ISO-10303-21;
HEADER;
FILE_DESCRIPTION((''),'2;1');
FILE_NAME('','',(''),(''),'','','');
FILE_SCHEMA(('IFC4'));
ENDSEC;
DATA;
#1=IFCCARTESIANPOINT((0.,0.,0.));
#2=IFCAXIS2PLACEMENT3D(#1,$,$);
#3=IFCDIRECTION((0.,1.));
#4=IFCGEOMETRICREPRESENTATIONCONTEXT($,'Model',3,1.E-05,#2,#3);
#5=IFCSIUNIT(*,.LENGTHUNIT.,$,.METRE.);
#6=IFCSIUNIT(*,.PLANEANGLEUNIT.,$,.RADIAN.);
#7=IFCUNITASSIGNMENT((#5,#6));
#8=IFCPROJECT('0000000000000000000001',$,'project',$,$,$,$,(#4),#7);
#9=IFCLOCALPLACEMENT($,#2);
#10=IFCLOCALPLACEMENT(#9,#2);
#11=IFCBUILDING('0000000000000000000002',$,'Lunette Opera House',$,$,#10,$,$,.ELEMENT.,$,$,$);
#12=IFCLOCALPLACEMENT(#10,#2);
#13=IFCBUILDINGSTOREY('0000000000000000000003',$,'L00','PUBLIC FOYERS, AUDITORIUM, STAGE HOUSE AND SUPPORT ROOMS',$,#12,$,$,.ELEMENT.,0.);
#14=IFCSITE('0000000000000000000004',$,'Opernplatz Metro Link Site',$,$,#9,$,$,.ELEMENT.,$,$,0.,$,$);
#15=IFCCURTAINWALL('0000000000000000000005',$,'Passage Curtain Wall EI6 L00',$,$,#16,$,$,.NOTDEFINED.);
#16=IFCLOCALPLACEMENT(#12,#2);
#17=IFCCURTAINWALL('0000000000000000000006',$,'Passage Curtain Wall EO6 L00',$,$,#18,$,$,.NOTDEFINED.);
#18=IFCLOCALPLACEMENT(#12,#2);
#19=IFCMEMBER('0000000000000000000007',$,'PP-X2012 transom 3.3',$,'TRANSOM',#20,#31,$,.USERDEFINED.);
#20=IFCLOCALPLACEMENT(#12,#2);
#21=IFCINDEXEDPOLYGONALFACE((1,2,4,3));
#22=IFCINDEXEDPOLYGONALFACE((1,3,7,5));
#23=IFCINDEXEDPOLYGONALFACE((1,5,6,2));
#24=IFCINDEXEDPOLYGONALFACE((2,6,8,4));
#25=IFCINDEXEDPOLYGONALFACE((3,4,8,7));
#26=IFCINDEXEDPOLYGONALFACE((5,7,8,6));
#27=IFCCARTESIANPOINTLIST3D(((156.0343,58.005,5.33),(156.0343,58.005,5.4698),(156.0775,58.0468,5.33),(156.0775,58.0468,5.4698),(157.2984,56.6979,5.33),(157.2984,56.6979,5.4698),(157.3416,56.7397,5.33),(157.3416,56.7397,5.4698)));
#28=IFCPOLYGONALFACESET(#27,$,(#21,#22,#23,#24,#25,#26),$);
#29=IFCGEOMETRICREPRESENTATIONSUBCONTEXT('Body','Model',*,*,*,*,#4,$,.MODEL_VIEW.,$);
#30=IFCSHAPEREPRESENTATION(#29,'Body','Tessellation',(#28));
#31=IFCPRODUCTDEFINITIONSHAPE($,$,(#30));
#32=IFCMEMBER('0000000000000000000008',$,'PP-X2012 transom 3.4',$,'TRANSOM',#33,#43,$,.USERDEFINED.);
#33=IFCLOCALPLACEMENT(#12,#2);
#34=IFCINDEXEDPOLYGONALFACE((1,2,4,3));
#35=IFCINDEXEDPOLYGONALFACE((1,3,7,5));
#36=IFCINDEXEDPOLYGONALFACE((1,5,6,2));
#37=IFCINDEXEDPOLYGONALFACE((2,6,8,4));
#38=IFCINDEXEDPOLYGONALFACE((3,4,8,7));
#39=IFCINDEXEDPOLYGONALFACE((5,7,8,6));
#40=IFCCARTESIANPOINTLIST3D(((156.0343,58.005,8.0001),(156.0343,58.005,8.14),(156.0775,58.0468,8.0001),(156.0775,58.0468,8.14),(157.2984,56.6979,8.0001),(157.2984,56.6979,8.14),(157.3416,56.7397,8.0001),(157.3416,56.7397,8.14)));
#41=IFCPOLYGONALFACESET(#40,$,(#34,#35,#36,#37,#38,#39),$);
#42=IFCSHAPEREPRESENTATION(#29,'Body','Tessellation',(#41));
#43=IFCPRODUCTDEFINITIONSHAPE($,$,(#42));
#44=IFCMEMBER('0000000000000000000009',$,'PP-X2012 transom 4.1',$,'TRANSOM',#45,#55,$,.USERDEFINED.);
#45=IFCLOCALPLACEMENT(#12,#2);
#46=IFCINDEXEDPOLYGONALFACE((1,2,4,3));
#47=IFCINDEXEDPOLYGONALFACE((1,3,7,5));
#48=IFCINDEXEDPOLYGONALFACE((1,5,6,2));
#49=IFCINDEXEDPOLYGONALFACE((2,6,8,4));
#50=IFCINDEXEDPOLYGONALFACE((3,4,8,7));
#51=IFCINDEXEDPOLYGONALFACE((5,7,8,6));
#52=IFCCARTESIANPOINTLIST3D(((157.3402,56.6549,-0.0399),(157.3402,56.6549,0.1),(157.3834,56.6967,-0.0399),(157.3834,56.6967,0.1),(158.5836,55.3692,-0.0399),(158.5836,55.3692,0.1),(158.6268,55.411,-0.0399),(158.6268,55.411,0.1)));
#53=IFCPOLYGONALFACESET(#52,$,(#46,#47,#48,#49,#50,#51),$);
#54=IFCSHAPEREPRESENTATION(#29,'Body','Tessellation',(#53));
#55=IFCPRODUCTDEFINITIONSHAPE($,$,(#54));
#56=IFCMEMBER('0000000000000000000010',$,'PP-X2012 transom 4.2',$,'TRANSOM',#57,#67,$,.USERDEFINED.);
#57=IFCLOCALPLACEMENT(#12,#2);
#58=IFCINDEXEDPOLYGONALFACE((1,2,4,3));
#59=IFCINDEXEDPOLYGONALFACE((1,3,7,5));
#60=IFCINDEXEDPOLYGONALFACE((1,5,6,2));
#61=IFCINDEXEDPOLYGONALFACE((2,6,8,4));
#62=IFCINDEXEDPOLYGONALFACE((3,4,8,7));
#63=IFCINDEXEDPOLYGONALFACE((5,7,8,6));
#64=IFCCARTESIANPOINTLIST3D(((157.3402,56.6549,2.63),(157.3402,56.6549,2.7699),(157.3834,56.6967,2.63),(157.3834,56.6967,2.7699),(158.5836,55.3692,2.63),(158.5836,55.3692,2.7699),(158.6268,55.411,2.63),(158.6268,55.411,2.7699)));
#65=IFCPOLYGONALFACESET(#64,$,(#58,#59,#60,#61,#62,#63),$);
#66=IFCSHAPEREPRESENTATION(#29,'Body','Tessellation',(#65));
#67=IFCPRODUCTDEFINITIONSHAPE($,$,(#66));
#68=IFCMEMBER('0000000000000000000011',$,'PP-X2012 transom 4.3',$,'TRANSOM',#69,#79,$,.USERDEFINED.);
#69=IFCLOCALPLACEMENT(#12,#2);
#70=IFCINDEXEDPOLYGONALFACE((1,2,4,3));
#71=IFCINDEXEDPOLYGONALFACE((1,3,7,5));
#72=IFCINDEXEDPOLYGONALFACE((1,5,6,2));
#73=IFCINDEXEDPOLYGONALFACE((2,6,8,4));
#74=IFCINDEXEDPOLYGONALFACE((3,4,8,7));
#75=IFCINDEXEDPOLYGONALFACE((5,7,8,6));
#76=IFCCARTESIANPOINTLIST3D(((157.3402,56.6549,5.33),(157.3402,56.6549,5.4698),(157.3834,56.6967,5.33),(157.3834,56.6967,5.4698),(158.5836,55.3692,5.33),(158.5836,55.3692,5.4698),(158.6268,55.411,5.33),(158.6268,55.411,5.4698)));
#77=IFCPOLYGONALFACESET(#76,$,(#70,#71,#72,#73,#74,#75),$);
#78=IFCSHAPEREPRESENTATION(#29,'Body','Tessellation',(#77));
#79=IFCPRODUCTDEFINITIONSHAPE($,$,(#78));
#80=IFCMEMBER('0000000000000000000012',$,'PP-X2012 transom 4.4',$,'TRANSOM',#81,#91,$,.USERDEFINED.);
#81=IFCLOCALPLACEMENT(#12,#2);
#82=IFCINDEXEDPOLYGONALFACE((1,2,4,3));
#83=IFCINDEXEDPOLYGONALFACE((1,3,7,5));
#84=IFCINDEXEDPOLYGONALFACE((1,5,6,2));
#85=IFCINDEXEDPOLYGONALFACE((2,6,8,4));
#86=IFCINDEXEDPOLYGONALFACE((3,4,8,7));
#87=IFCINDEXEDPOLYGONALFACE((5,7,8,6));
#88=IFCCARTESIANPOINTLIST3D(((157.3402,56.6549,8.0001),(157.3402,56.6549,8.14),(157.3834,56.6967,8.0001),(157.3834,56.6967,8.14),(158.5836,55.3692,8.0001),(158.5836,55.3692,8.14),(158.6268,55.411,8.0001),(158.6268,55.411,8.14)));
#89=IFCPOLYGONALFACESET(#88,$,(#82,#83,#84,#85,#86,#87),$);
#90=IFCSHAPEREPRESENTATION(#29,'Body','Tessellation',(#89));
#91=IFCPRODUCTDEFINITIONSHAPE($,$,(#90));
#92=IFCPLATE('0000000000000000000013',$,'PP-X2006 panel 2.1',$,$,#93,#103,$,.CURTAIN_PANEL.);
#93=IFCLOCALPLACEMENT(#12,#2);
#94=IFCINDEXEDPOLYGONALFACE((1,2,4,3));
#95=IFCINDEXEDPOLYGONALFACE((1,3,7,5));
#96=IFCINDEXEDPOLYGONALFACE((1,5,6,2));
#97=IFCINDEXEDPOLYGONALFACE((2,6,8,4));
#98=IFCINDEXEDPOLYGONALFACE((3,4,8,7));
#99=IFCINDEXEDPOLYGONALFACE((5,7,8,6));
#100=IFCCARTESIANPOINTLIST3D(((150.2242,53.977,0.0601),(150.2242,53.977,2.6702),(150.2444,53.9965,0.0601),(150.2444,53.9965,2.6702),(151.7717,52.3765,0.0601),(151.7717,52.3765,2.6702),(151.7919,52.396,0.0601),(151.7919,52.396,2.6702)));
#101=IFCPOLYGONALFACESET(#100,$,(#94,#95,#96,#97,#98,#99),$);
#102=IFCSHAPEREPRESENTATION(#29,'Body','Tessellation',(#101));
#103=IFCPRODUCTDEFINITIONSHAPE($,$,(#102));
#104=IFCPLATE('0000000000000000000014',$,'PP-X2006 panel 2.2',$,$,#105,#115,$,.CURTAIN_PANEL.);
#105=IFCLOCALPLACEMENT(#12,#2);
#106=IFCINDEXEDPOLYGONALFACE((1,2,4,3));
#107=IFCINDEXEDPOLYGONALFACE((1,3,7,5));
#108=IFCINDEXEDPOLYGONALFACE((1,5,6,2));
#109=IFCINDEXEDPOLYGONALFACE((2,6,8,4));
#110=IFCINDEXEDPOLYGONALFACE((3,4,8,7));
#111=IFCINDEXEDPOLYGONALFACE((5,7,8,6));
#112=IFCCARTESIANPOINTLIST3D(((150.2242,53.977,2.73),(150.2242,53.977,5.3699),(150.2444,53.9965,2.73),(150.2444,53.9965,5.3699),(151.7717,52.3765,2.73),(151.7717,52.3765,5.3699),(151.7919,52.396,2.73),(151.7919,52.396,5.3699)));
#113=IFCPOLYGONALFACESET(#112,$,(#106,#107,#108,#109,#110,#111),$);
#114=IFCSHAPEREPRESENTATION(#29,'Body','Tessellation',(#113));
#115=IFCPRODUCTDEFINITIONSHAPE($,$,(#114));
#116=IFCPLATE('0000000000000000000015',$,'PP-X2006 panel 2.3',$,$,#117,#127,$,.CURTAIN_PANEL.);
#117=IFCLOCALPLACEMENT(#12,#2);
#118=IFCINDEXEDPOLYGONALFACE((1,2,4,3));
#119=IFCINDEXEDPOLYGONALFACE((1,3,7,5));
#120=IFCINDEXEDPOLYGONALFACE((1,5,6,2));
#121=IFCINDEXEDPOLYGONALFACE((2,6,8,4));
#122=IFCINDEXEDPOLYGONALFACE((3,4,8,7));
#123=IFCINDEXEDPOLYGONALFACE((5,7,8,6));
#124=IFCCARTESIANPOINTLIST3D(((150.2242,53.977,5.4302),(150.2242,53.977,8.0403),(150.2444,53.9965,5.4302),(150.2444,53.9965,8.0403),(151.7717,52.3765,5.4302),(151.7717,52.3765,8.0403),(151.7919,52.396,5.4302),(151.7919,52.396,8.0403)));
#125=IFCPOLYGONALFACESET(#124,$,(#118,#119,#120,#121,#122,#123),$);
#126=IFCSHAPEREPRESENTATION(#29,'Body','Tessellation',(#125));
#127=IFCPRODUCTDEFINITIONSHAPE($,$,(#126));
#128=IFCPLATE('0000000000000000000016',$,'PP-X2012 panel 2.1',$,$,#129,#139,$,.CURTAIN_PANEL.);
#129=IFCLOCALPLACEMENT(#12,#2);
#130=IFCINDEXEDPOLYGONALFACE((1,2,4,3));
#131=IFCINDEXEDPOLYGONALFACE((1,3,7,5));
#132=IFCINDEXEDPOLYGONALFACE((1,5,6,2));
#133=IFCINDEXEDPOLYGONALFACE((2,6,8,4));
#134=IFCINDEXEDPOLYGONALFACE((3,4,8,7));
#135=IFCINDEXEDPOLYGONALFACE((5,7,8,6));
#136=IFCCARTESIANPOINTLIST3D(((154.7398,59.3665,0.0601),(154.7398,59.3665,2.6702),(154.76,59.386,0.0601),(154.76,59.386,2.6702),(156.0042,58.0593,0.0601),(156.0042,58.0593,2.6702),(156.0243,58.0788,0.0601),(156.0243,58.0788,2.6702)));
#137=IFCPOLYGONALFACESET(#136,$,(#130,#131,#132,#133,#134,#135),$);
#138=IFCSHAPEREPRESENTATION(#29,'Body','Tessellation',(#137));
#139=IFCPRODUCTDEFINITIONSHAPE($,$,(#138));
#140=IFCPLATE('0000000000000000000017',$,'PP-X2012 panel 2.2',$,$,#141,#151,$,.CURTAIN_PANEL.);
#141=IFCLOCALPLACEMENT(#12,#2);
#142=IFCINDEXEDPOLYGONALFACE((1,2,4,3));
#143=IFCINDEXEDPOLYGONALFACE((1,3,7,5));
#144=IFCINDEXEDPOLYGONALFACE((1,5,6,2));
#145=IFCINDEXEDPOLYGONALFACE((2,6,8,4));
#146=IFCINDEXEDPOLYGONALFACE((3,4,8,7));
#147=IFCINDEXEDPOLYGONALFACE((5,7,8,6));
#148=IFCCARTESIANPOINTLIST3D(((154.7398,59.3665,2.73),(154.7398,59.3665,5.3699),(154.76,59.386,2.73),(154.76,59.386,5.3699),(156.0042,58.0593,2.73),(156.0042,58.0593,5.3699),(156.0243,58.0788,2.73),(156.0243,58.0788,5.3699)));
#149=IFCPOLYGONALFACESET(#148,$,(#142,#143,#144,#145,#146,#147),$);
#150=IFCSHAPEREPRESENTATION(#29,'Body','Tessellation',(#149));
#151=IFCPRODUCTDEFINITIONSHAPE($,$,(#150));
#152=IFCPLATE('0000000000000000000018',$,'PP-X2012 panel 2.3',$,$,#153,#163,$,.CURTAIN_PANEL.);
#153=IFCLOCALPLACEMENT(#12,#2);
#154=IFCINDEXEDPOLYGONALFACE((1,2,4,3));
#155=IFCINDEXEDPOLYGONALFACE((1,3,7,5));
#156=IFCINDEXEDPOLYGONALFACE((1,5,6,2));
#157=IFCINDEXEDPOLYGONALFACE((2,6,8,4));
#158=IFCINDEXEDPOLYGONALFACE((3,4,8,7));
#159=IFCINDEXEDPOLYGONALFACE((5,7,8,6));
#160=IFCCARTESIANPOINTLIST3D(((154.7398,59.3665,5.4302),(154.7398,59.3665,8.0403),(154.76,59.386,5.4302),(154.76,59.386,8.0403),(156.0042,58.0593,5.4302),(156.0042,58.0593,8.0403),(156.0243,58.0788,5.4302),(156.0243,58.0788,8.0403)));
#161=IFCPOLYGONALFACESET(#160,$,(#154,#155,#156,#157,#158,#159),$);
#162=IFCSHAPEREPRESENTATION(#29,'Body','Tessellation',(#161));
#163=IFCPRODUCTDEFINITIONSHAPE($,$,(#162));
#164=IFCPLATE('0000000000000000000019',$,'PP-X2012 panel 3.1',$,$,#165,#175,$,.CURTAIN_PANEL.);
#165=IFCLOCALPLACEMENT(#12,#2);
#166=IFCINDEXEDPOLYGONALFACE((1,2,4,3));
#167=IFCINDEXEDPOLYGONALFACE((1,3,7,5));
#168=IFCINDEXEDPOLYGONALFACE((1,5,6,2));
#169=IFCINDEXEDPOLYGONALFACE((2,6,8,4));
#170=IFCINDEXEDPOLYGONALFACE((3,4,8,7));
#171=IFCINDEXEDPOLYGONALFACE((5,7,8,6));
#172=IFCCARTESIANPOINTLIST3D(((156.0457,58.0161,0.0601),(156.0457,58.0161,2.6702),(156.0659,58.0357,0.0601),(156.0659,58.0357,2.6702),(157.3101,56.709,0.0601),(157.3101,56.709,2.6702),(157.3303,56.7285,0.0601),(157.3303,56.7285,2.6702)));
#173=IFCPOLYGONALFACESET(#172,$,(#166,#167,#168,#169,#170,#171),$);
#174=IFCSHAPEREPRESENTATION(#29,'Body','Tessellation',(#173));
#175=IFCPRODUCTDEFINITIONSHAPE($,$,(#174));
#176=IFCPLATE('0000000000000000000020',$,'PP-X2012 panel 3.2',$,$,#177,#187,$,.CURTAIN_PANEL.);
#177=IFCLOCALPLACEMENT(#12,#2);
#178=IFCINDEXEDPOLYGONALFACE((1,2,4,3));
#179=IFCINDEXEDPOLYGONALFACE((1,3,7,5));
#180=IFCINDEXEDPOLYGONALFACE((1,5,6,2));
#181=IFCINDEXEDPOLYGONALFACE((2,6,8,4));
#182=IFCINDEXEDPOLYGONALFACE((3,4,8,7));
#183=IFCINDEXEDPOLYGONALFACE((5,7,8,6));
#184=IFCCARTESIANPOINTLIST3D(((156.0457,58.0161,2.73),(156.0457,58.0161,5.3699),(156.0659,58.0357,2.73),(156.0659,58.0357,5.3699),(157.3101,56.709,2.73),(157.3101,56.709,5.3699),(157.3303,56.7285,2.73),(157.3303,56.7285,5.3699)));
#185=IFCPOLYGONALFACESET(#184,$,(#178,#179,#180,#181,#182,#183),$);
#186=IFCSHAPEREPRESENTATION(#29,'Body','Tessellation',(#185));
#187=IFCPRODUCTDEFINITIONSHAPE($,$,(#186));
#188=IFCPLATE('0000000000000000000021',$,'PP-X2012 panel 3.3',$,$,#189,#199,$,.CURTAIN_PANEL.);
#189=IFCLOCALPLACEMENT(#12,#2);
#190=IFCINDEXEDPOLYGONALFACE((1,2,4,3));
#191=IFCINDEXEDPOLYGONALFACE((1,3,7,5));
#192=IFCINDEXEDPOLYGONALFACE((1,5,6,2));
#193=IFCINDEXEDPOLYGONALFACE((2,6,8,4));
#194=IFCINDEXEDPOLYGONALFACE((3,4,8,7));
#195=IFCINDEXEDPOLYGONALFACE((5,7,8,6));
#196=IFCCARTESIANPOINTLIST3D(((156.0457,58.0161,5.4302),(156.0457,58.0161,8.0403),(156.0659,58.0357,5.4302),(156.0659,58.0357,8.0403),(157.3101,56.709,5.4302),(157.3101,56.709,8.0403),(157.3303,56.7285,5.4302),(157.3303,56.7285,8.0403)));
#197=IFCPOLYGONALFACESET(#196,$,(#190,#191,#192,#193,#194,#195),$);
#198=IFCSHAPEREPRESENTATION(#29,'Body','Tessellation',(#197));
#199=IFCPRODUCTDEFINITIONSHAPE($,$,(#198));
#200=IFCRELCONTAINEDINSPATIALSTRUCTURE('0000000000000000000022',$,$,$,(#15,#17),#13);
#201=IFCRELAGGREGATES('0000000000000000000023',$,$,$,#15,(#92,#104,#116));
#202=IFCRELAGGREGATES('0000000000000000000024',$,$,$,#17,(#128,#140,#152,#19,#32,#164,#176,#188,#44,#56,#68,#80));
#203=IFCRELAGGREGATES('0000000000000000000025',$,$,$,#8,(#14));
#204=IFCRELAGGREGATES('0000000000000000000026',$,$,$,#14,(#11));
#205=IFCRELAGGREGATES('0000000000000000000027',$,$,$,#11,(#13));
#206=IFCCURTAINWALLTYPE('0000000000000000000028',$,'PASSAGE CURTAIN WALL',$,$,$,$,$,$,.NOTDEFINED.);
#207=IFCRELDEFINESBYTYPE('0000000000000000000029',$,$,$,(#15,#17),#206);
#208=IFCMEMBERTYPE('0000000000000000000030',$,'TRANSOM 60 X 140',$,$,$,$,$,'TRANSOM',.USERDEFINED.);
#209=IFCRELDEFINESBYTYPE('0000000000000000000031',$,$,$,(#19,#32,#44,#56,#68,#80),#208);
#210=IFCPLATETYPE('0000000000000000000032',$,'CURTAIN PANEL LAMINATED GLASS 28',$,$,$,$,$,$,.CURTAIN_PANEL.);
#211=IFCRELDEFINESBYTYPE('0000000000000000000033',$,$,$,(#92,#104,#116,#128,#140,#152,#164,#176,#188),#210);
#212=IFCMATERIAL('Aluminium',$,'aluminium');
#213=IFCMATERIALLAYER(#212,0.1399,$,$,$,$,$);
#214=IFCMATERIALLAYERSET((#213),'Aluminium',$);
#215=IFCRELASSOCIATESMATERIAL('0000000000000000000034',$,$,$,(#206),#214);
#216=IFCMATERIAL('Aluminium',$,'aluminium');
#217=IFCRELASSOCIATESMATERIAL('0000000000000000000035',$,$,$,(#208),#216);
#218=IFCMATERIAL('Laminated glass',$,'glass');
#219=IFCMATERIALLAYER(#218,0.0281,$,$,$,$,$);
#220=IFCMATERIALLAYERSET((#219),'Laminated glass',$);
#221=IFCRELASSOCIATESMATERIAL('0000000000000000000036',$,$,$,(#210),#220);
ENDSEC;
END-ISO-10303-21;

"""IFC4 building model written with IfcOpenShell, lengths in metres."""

from ifc_helpers import new_model, si_unit, direction, frame, origin, origin_2d, place, context, subcontext, project, spatial, rectangle, extrude, material, layer, layer_set, material_profile, profile_set, type_object, element, aggregate, save


model = new_model("IFC4")

# Units and contexts
model_context = context("Model", 3, precision=1e-05, world=origin(), true_north=direction((0.0, 1.0)))
body_context = subcontext(model_context, "Body", "Model", "MODEL_VIEW")
ifc_project = project(units=[si_unit("LENGTHUNIT", "METRE"), si_unit("PLANEANGLEUNIT", "RADIAN")], contexts=[model_context])

# Site, building, storey
site_placement = place(None, origin())
site = spatial("IfcSite", under=ifc_project, at=site_placement, Name="Opernplatz Metro Link Site", CompositionType="ELEMENT", RefElevation=0.0)
building_placement = place(site_placement, origin())
building = spatial("IfcBuilding", under=site, at=building_placement, Name="Lunette Opera House", CompositionType="ELEMENT")
storey_placement = place(building_placement, origin())
storey = spatial("IfcBuildingStorey", under=building, at=storey_placement, Name="L00", Description="PUBLIC FOYERS, AUDITORIUM, STAGE HOUSE AND SUPPORT ROOMS", CompositionType="ELEMENT", Elevation=0.0)

# Curtain wall
ifc_material_1 = material(Name="Aluminium", Category="aluminium")
ifc_layer_1 = layer(ifc_material_1, 0.1399)
ifc_layer_set_1 = layer_set([ifc_layer_1], Name="Aluminium")
curtain_wall_type = type_object("IfcCurtainWallType", Name="PASSAGE CURTAIN WALL", PredefinedType="NOTDEFINED", material=ifc_layer_set_1)
curtain_wall_1_placement = place(storey_placement, origin())
curtain_wall_1 = element("IfcCurtainWall", 1, at=curtain_wall_1_placement, inside=storey, type_object=curtain_wall_type, Name="Passage Curtain Wall EI6 L00", PredefinedType="NOTDEFINED")

# Curtain wall
curtain_wall_2_placement = place(storey_placement, origin())
curtain_wall_2 = element("IfcCurtainWall", 2, at=curtain_wall_2_placement, inside=storey, type_object=curtain_wall_type, Name="Passage Curtain Wall EO6 L00", PredefinedType="NOTDEFINED")

# Members
ifc_material_2 = material(Name="Aluminium", Category="aluminium")
ifc_material_profile_1 = material_profile(ifc_material_2, rectangle(XDim=0.0601, YDim=0.1399, at=origin_2d()), Name="TRANSOM 60 X 140")
ifc_profile_set_1 = profile_set([ifc_material_profile_1], Name="Aluminium")
member_type_1 = type_object("IfcMemberType", Name="TRANSOM 60 X 140", ElementType="TRANSOM", PredefinedType="USERDEFINED", material=ifc_profile_set_1)
member_1_placement = place(storey_placement, frame((156.0559, 58.0259, 5.3999), z_axis=(0.695193, -0.718823, 0.0), x_axis=(0.718823, 0.695193, 0.0)))
member_1 = element("IfcMember", 3, at=member_1_placement, type_object=member_type_1, Name="PP-X2012 transom 3.3", ObjectType="TRANSOM", PredefinedType="USERDEFINED", context=body_context, shape_type="SweptSolid", body=[
    extrude(rectangle(XDim=0.0601, YDim=0.1399, at=origin_2d()), origin(), (0.0, 0.0, 1.0), 1.8184),
])
member_2_placement = place(storey_placement, frame((156.0559, 58.0259, 8.0701), z_axis=(0.695193, -0.718823, 0.0), x_axis=(0.718823, 0.695193, 0.0)))
member_2 = element("IfcMember", 4, at=member_2_placement, type_object=member_type_1, Name="PP-X2012 transom 3.4", ObjectType="TRANSOM", PredefinedType="USERDEFINED", context=body_context, shape_type="SweptSolid", body=[
    extrude(rectangle(XDim=0.0601, YDim=0.1399, at=origin_2d()), origin(), (0.0, 0.0, 1.0), 1.8184),
])
member_3_placement = place(storey_placement, frame((157.3618, 56.6758, 0.03), z_axis=(0.695201, -0.718816, 0.0), x_axis=(0.718816, 0.695201, 0.0)))
member_3 = element("IfcMember", 5, at=member_3_placement, type_object=member_type_1, Name="PP-X2012 transom 4.1", ObjectType="TRANSOM", PredefinedType="USERDEFINED", context=body_context, shape_type="SweptSolid", body=[
    extrude(rectangle(XDim=0.0601, YDim=0.1399, at=origin_2d()), origin(), (0.0, 0.0, 1.0), 1.7886),
])
member_4_placement = place(storey_placement, frame((157.3618, 56.6758, 2.7), z_axis=(0.695201, -0.718816, 0.0), x_axis=(0.718816, 0.695201, 0.0)))
member_4 = element("IfcMember", 6, at=member_4_placement, type_object=member_type_1, Name="PP-X2012 transom 4.2", ObjectType="TRANSOM", PredefinedType="USERDEFINED", context=body_context, shape_type="SweptSolid", body=[
    extrude(rectangle(XDim=0.0601, YDim=0.1399, at=origin_2d()), origin(), (0.0, 0.0, 1.0), 1.7886),
])
member_5_placement = place(storey_placement, frame((157.3618, 56.6758, 5.3999), z_axis=(0.695201, -0.718816, 0.0), x_axis=(0.718816, 0.695201, 0.0)))
member_5 = element("IfcMember", 7, at=member_5_placement, type_object=member_type_1, Name="PP-X2012 transom 4.3", ObjectType="TRANSOM", PredefinedType="USERDEFINED", context=body_context, shape_type="SweptSolid", body=[
    extrude(rectangle(XDim=0.0601, YDim=0.1399, at=origin_2d()), origin(), (0.0, 0.0, 1.0), 1.7886),
])
member_6_placement = place(storey_placement, frame((157.3618, 56.6758, 8.0701), z_axis=(0.695201, -0.718816, 0.0), x_axis=(0.718816, 0.695201, 0.0)))
member_6 = element("IfcMember", 8, at=member_6_placement, type_object=member_type_1, Name="PP-X2012 transom 4.4", ObjectType="TRANSOM", PredefinedType="USERDEFINED", context=body_context, shape_type="SweptSolid", body=[
    extrude(rectangle(XDim=0.0601, YDim=0.1399, at=origin_2d()), origin(), (0.0, 0.0, 1.0), 1.7886),
])

# Plates
ifc_material_3 = material(Name="Laminated glass", Category="glass")
ifc_layer_2 = layer(ifc_material_3, 0.0281)
ifc_layer_set_2 = layer_set([ifc_layer_2], Name="Laminated glass")
plate_type_1 = type_object("IfcPlateType", Name="CURTAIN PANEL LAMINATED GLASS 28", PredefinedType="CURTAIN_PANEL", material=ifc_layer_set_2)
plate_1_placement = place(storey_placement, frame((151.0081, 53.1865, 0.0601), z_axis=(0.0, 0.0, 1.0), x_axis=(0.695125, -0.718889, 0.0)))
plate_1 = element("IfcPlate", 9, at=plate_1_placement, type_object=plate_type_1, Name="PP-X2006 panel 2.1", PredefinedType="CURTAIN_PANEL", context=body_context, shape_type="SweptSolid", body=[
    extrude(rectangle(XDim=2.2263, YDim=0.0281, at=origin_2d()), origin(), (0.0, 0.0, 1.0), 2.6101),
])
plate_2_placement = place(storey_placement, frame((151.0081, 53.1865, 2.73), z_axis=(0.0, 0.0, 1.0), x_axis=(0.695125, -0.718889, 0.0)))
plate_2 = element("IfcPlate", 10, at=plate_2_placement, type_object=plate_type_1, Name="PP-X2006 panel 2.2", PredefinedType="CURTAIN_PANEL", context=body_context, shape_type="SweptSolid", body=[
    extrude(rectangle(XDim=2.2263, YDim=0.0281, at=origin_2d()), origin(), (0.0, 0.0, 1.0), 2.6399),
])
plate_3_placement = place(storey_placement, frame((151.0081, 53.1865, 5.4302), z_axis=(0.0, 0.0, 1.0), x_axis=(0.695125, -0.718889, 0.0)))
plate_3 = element("IfcPlate", 11, at=plate_3_placement, type_object=plate_type_1, Name="PP-X2006 panel 2.3", PredefinedType="CURTAIN_PANEL", context=body_context, shape_type="SweptSolid", body=[
    extrude(rectangle(XDim=2.2263, YDim=0.0281, at=origin_2d()), origin(), (0.0, 0.0, 1.0), 2.6101),
])
aggregate(curtain_wall_1, [plate_1, plate_2, plate_3])
plate_4_placement = place(storey_placement, frame((155.3821, 58.7227, 0.0601), z_axis=(0.0, 0.0, 1.0), x_axis=(0.695231, -0.718787, 0.0)))
plate_4 = element("IfcPlate", 12, at=plate_4_placement, type_object=plate_type_1, Name="PP-X2012 panel 2.1", PredefinedType="CURTAIN_PANEL", context=body_context, shape_type="SweptSolid", body=[
    extrude(rectangle(XDim=1.8186, YDim=0.0281, at=origin_2d()), origin(), (0.0, 0.0, 1.0), 2.6101),
])
plate_5_placement = place(storey_placement, frame((155.3821, 58.7227, 2.73), z_axis=(0.0, 0.0, 1.0), x_axis=(0.695231, -0.718787, 0.0)))
plate_5 = element("IfcPlate", 13, at=plate_5_placement, type_object=plate_type_1, Name="PP-X2012 panel 2.2", PredefinedType="CURTAIN_PANEL", context=body_context, shape_type="SweptSolid", body=[
    extrude(rectangle(XDim=1.8186, YDim=0.0281, at=origin_2d()), origin(), (0.0, 0.0, 1.0), 2.6399),
])
plate_6_placement = place(storey_placement, frame((155.3821, 58.7227, 5.4302), z_axis=(0.0, 0.0, 1.0), x_axis=(0.695231, -0.718787, 0.0)))
plate_6 = element("IfcPlate", 14, at=plate_6_placement, type_object=plate_type_1, Name="PP-X2012 panel 2.3", PredefinedType="CURTAIN_PANEL", context=body_context, shape_type="SweptSolid", body=[
    extrude(rectangle(XDim=1.8186, YDim=0.0281, at=origin_2d()), origin(), (0.0, 0.0, 1.0), 2.6101),
])
plate_7_placement = place(storey_placement, frame((156.688, 57.3723, 0.0601), z_axis=(0.0, 0.0, 1.0), x_axis=(0.695231, -0.718787, 0.0)))
plate_7 = element("IfcPlate", 15, at=plate_7_placement, type_object=plate_type_1, Name="PP-X2012 panel 3.1", PredefinedType="CURTAIN_PANEL", context=body_context, shape_type="SweptSolid", body=[
    extrude(rectangle(XDim=1.8186, YDim=0.0281, at=origin_2d()), origin(), (0.0, 0.0, 1.0), 2.6101),
])
plate_8_placement = place(storey_placement, frame((156.688, 57.3723, 2.73), z_axis=(0.0, 0.0, 1.0), x_axis=(0.695231, -0.718787, 0.0)))
plate_8 = element("IfcPlate", 16, at=plate_8_placement, type_object=plate_type_1, Name="PP-X2012 panel 3.2", PredefinedType="CURTAIN_PANEL", context=body_context, shape_type="SweptSolid", body=[
    extrude(rectangle(XDim=1.8186, YDim=0.0281, at=origin_2d()), origin(), (0.0, 0.0, 1.0), 2.6399),
])
plate_9_placement = place(storey_placement, frame((156.688, 57.3723, 5.4302), z_axis=(0.0, 0.0, 1.0), x_axis=(0.695231, -0.718787, 0.0)))
plate_9 = element("IfcPlate", 17, at=plate_9_placement, type_object=plate_type_1, Name="PP-X2012 panel 3.3", PredefinedType="CURTAIN_PANEL", context=body_context, shape_type="SweptSolid", body=[
    extrude(rectangle(XDim=1.8186, YDim=0.0281, at=origin_2d()), origin(), (0.0, 0.0, 1.0), 2.6101),
])
aggregate(curtain_wall_2, [plate_4, plate_5, plate_6, member_1, member_2, plate_7, plate_8, plate_9, member_3, member_4, member_5, member_6])

save(model, "model.ifc")
